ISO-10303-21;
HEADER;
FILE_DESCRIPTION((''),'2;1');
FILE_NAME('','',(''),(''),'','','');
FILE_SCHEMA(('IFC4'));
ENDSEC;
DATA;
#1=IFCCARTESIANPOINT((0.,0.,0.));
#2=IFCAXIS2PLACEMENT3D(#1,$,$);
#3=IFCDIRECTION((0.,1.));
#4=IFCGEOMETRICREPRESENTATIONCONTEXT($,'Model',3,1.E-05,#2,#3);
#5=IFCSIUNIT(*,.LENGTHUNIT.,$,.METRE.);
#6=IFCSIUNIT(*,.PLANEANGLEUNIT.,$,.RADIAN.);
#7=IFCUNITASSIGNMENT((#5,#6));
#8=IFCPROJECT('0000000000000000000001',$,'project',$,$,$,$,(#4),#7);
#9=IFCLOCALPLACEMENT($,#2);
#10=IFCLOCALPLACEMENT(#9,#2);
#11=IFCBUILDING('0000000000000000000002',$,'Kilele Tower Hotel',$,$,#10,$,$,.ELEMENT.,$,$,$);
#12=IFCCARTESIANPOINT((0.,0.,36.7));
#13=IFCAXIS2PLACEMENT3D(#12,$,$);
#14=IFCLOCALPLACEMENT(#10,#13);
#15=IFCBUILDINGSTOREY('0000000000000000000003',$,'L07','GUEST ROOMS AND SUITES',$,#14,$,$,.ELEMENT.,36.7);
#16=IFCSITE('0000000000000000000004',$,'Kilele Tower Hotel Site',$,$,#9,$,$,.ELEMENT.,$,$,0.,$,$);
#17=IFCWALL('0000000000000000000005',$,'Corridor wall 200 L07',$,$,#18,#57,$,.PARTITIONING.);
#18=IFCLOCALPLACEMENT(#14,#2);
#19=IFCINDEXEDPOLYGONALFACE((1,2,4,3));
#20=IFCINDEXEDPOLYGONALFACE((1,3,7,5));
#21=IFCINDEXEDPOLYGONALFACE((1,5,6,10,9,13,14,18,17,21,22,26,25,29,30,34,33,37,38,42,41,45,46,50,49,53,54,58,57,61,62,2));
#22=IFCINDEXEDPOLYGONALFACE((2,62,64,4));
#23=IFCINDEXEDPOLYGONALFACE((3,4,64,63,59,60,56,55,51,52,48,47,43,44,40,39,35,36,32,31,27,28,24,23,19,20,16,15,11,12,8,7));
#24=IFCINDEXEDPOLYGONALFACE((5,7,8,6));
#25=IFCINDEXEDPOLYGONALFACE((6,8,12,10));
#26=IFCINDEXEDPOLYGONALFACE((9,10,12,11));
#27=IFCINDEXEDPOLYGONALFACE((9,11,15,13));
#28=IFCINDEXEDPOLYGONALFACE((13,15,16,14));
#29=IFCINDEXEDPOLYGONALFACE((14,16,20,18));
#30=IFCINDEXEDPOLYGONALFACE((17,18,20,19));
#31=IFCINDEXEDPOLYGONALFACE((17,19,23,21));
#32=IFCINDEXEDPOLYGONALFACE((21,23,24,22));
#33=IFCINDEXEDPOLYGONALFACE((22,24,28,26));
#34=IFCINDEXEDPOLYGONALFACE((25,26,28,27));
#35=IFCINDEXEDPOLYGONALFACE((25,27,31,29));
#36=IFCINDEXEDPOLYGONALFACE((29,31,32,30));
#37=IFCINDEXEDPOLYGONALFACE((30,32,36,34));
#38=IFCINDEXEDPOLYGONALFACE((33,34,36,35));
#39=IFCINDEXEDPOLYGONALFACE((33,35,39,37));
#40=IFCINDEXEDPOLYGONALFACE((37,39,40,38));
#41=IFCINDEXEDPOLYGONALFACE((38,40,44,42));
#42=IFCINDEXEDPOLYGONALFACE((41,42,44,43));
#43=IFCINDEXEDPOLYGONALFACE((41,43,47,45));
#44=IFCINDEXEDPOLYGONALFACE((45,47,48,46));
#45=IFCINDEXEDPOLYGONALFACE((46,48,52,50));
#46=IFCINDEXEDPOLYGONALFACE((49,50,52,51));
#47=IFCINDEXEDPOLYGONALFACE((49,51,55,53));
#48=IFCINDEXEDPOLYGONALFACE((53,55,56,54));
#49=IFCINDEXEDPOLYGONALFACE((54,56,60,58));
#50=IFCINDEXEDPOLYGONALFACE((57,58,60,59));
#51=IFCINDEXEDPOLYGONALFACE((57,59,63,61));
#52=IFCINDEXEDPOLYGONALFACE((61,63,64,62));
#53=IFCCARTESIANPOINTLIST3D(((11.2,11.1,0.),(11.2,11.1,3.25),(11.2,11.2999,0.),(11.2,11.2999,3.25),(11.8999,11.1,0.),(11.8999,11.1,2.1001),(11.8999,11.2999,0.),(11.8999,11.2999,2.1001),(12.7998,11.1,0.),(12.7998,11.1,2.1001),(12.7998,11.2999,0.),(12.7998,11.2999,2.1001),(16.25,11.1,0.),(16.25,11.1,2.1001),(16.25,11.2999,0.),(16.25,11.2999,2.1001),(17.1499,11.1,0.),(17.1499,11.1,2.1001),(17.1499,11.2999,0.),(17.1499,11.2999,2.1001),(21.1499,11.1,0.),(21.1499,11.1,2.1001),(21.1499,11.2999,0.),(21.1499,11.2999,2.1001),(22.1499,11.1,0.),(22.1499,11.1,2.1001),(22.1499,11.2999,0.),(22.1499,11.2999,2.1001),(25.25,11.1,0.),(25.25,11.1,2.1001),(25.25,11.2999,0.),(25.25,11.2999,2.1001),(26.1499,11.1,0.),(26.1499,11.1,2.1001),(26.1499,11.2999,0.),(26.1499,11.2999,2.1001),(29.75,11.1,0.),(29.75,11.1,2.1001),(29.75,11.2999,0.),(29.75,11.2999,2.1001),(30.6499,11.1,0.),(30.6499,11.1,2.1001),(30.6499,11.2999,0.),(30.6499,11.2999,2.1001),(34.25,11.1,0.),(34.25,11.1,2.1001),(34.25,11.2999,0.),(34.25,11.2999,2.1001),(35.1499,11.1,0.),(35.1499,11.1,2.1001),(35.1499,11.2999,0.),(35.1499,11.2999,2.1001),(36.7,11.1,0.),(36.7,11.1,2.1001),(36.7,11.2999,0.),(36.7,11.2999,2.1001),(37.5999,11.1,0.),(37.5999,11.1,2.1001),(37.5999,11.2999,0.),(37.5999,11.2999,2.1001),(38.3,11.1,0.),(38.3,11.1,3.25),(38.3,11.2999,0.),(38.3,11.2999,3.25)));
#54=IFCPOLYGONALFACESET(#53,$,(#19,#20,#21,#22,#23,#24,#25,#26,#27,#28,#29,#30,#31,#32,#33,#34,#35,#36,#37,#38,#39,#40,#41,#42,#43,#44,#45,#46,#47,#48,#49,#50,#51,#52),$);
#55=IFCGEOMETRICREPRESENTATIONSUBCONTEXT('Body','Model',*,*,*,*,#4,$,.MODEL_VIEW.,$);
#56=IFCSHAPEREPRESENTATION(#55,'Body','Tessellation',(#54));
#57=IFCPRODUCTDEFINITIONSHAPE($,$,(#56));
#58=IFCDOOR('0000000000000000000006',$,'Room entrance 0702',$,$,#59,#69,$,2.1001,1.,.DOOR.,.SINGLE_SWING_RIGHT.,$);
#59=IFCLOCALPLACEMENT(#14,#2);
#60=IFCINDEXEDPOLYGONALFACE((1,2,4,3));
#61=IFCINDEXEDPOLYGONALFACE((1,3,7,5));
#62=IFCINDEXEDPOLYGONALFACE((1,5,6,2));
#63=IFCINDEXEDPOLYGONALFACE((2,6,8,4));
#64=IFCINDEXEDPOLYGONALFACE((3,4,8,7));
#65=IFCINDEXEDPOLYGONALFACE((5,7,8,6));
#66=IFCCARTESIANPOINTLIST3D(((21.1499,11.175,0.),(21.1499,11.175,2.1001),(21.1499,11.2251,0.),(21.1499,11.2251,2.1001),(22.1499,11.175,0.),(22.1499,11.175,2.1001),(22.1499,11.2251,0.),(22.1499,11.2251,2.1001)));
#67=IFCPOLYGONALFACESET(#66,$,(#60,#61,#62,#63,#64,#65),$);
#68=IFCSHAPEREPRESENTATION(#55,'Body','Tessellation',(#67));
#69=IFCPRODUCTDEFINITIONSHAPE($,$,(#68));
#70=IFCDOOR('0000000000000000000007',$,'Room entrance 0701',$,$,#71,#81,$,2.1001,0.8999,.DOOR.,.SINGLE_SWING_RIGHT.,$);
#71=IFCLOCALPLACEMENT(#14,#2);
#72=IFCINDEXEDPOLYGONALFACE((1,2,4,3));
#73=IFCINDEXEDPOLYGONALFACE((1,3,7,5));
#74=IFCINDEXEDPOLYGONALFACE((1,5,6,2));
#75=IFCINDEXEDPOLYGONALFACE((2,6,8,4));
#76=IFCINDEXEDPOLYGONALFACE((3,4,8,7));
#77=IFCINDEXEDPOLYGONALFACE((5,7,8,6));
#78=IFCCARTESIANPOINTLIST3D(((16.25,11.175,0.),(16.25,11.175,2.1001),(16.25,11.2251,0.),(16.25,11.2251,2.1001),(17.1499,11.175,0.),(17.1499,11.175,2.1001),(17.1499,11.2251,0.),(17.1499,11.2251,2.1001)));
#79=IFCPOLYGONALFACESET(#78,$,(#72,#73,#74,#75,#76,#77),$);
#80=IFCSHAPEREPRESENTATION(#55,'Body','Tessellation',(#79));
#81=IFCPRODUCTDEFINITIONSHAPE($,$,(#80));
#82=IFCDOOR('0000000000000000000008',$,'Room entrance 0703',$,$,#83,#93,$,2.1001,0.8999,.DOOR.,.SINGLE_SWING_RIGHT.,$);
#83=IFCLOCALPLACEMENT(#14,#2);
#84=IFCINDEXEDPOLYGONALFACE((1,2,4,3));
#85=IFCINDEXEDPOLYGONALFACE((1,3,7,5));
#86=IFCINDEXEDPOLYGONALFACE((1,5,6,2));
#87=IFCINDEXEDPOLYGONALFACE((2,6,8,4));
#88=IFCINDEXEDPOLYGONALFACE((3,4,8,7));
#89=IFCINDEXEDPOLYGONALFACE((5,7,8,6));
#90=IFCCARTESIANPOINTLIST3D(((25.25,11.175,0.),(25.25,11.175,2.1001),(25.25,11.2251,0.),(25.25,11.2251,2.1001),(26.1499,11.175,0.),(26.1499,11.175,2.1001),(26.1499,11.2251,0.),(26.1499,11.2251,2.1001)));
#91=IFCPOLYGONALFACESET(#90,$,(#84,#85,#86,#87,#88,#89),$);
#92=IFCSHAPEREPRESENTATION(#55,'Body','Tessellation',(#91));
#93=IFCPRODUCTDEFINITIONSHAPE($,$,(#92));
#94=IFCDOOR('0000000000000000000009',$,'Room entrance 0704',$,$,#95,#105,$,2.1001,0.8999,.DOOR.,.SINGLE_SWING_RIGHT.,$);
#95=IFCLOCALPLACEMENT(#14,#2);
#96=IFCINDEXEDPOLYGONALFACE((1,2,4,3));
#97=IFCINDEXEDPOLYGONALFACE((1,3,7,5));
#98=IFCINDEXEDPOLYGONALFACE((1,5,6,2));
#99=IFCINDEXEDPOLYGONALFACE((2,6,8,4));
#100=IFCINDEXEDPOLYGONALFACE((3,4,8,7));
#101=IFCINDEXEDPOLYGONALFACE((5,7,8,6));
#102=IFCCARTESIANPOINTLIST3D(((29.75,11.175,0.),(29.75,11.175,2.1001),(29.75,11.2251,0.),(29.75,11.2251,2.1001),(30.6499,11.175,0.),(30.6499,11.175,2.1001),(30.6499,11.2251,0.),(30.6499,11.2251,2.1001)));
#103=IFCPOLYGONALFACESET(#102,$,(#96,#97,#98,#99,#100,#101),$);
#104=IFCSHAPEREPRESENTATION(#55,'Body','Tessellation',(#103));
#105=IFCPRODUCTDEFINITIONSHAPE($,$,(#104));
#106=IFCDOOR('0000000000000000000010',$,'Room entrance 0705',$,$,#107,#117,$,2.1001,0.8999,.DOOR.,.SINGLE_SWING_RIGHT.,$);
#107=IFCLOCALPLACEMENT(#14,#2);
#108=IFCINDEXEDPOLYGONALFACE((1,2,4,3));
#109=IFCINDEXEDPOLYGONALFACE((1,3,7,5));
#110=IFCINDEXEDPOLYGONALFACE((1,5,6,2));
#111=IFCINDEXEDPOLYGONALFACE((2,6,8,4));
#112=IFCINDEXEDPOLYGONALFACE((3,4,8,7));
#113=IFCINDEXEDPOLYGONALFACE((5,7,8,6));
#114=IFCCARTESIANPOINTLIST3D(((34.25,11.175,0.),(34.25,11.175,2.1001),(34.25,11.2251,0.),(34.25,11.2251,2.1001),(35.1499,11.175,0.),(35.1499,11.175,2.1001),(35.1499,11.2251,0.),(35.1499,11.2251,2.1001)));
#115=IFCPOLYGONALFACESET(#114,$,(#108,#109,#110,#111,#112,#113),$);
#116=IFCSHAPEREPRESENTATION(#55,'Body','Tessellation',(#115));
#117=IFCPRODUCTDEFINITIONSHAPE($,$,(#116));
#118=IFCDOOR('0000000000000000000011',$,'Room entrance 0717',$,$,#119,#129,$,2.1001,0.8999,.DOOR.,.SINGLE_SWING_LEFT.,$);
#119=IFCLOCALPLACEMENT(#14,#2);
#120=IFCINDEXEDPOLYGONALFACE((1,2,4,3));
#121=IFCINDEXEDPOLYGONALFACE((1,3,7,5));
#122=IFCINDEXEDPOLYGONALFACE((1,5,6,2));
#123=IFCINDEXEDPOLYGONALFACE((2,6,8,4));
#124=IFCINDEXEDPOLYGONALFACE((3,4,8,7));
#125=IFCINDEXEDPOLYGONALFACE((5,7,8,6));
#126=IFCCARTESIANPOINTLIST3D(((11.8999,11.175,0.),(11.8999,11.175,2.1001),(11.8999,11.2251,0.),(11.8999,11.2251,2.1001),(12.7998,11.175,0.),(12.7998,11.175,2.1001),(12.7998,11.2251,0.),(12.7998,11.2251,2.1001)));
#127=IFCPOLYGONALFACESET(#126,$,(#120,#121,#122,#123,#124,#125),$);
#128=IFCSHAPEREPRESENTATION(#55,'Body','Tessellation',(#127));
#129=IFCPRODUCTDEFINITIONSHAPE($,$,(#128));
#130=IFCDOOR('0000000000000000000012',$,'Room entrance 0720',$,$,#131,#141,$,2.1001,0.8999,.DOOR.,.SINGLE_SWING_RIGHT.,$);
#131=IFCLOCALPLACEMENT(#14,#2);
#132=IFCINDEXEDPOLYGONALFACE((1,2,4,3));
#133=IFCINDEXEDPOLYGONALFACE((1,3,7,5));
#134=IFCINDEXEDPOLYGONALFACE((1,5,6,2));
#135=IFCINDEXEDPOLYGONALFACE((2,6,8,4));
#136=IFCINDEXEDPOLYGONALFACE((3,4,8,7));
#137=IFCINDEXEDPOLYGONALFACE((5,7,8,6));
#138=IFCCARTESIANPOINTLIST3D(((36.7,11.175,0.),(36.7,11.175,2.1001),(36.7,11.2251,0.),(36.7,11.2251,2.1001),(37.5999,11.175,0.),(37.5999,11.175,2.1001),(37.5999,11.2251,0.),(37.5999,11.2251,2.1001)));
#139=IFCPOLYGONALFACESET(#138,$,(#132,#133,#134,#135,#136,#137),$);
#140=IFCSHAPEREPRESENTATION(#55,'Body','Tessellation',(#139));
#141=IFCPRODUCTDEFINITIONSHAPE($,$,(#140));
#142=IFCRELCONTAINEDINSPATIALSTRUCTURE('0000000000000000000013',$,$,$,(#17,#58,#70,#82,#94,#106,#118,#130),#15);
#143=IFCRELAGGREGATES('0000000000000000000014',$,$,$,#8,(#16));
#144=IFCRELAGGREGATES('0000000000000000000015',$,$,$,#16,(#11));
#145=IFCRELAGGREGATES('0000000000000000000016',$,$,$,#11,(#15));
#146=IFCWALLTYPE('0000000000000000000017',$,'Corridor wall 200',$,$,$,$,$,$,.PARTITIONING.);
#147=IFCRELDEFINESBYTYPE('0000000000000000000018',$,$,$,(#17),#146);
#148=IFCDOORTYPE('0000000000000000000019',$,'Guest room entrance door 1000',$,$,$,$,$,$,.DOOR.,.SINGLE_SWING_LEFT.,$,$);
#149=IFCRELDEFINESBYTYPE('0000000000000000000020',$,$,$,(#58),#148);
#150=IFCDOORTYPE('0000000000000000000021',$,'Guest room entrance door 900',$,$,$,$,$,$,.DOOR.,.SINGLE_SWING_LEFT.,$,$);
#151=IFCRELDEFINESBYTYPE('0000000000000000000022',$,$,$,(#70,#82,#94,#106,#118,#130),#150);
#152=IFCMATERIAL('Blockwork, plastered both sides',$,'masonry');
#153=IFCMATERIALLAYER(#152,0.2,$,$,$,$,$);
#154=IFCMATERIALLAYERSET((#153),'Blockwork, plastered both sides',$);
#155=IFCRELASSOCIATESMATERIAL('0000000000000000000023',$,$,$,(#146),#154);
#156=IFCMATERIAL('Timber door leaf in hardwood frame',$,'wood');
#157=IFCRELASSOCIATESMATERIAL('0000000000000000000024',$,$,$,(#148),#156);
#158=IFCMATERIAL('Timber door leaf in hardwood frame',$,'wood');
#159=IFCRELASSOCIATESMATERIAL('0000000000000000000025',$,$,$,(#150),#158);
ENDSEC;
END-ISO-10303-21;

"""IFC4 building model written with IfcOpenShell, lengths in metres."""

from ifc_helpers import new_model, si_unit, direction, frame, frame_2d, origin, place, context, subcontext, project, spatial, rectangle, extrude, material, layer, layer_set, type_object, element, fill, save


model = new_model("IFC4")

# Units and contexts
model_context = context("Model", 3, precision=1e-05, world=origin(), true_north=direction((0.0, 1.0)))
body_context = subcontext(model_context, "Body", "Model", "MODEL_VIEW")
ifc_project = project(units=[si_unit("LENGTHUNIT", "METRE"), si_unit("PLANEANGLEUNIT", "RADIAN")], contexts=[model_context])

# Site, building, storey
site_placement = place(None, origin())
site = spatial("IfcSite", under=ifc_project, at=site_placement, Name="Kilele Tower Hotel Site", CompositionType="ELEMENT", RefElevation=0.0)
building_placement = place(site_placement, origin())
building = spatial("IfcBuilding", under=site, at=building_placement, Name="Kilele Tower Hotel", CompositionType="ELEMENT")
storey_placement = place(building_placement, frame((0.0, 0.0, 36.7)))
storey = spatial("IfcBuildingStorey", under=building, at=storey_placement, Name="L07", Description="GUEST ROOMS AND SUITES", CompositionType="ELEMENT", Elevation=36.7)

# Wall, openings, doors
ifc_material_1 = material(Name="Blockwork, plastered both sides", Category="masonry")
ifc_layer_1 = layer(ifc_material_1, 0.2)
ifc_layer_set_1 = layer_set([ifc_layer_1], Name="Blockwork, plastered both sides")
wall_type_1 = type_object("IfcWallType", Name="Corridor wall 200", PredefinedType="PARTITIONING", material=ifc_layer_set_1)
wall_1_placement = place(storey_placement, frame((11.2, 11.2, 0.0), z_axis=(0.0, 0.0, 1.0), x_axis=(1.0, 0.0, 0.0)))
wall_1 = element("IfcWall", 1, at=wall_1_placement, inside=storey, type_object=wall_type_1, Name="Corridor wall 200 L07", PredefinedType="PARTITIONING", context=body_context, shape_type="SweptSolid", body=[
    extrude(rectangle(XDim=27.1001, YDim=0.2, at=frame_2d((13.55, 0.0))), origin(), (0.0, 0.0, 1.0), 3.25),
])
opening_1_placement = place(wall_1_placement, frame((5.95, 0.0, 0.0), z_axis=(0.0, 0.0, 1.0), x_axis=(-1.0, 0.0, 0.0)))
opening_1 = element("IfcOpeningElement", 2, at=opening_1_placement, cuts=wall_1, PredefinedType="OPENING", context=body_context, shape_type="SweptSolid", body=[
    extrude(rectangle(XDim=0.8999, YDim=2.1001, at=frame_2d((0.45, 1.05))), frame((0.0, 0.1099, 0.0), z_axis=(0.0, -1.0, 0.0), x_axis=(1.0, 0.0, 0.0)), (0.0, 0.0, 1.0), 0.22),
])
opening_2_placement = place(wall_1_placement, frame((10.95, 0.0, 0.0), z_axis=(0.0, 0.0, 1.0), x_axis=(-1.0, 0.0, 0.0)))
opening_2 = element("IfcOpeningElement", 3, at=opening_2_placement, cuts=wall_1, PredefinedType="OPENING", context=body_context, shape_type="SweptSolid", body=[
    extrude(rectangle(XDim=1.0, YDim=2.1001, at=frame_2d((0.5, 1.05))), frame((0.0, 0.1099, 0.0), z_axis=(0.0, -1.0, 0.0), x_axis=(1.0, 0.0, 0.0)), (0.0, 0.0, 1.0), 0.22),
])
opening_3_placement = place(wall_1_placement, frame((14.95, 0.0, 0.0), z_axis=(0.0, 0.0, 1.0), x_axis=(-1.0, 0.0, 0.0)))
opening_3 = element("IfcOpeningElement", 4, at=opening_3_placement, cuts=wall_1, PredefinedType="OPENING", context=body_context, shape_type="SweptSolid", body=[
    extrude(rectangle(XDim=0.8999, YDim=2.1001, at=frame_2d((0.45, 1.05))), frame((0.0, 0.1099, 0.0), z_axis=(0.0, -1.0, 0.0), x_axis=(1.0, 0.0, 0.0)), (0.0, 0.0, 1.0), 0.22),
])
opening_4_placement = place(wall_1_placement, frame((19.45, 0.0, 0.0), z_axis=(0.0, 0.0, 1.0), x_axis=(-1.0, 0.0, 0.0)))
opening_4 = element("IfcOpeningElement", 5, at=opening_4_placement, cuts=wall_1, PredefinedType="OPENING", context=body_context, shape_type="SweptSolid", body=[
    extrude(rectangle(XDim=0.8999, YDim=2.1001, at=frame_2d((0.45, 1.05))), frame((0.0, 0.1099, 0.0), z_axis=(0.0, -1.0, 0.0), x_axis=(1.0, 0.0, 0.0)), (0.0, 0.0, 1.0), 0.22),
])
opening_5_placement = place(wall_1_placement, frame((23.95, 0.0, 0.0), z_axis=(0.0, 0.0, 1.0), x_axis=(-1.0, 0.0, 0.0)))
opening_5 = element("IfcOpeningElement", 6, at=opening_5_placement, cuts=wall_1, PredefinedType="OPENING", context=body_context, shape_type="SweptSolid", body=[
    extrude(rectangle(XDim=0.8999, YDim=2.1001, at=frame_2d((0.45, 1.05))), frame((0.0, 0.1099, 0.0), z_axis=(0.0, -1.0, 0.0), x_axis=(1.0, 0.0, 0.0)), (0.0, 0.0, 1.0), 0.22),
])
opening_6_placement = place(wall_1_placement, frame((1.5999, 0.0, 0.0), z_axis=(0.0, 0.0, 1.0), x_axis=(-1.0, 0.0, 0.0)))
opening_6 = element("IfcOpeningElement", 7, at=opening_6_placement, cuts=wall_1, PredefinedType="OPENING", context=body_context, shape_type="SweptSolid", body=[
    extrude(rectangle(XDim=0.8999, YDim=2.1001, at=frame_2d((0.45, 1.05))), frame((0.0, 0.1099, 0.0), z_axis=(0.0, -1.0, 0.0), x_axis=(1.0, 0.0, 0.0)), (0.0, 0.0, 1.0), 0.22),
])
opening_7_placement = place(wall_1_placement, frame((26.3999, 0.0, 0.0), z_axis=(0.0, 0.0, 1.0), x_axis=(-1.0, 0.0, 0.0)))
opening_7 = element("IfcOpeningElement", 8, at=opening_7_placement, cuts=wall_1, PredefinedType="OPENING", context=body_context, shape_type="SweptSolid", body=[
    extrude(rectangle(XDim=0.8999, YDim=2.1001, at=frame_2d((0.45, 1.05))), frame((0.0, 0.1099, 0.0), z_axis=(0.0, -1.0, 0.0), x_axis=(1.0, 0.0, 0.0)), (0.0, 0.0, 1.0), 0.22),
])
ifc_material_2 = material(Name="Timber door leaf in hardwood frame", Category="wood")
door_type_1 = type_object("IfcDoorType", Name="Guest room entrance door 1000", OperationType="SINGLE_SWING_LEFT", PredefinedType="DOOR", material=ifc_material_2)
door_1_placement = place(opening_2_placement, origin())
door_1 = element("IfcDoor", 9, at=door_1_placement, inside=storey, type_object=door_type_1, Name="Room entrance 0702", OperationType="SINGLE_SWING_RIGHT", OverallHeight=2.1001, OverallWidth=1.0, PredefinedType="DOOR", context=body_context, shape_type="SweptSolid", body=[
    extrude(rectangle(XDim=1.0, YDim=2.1001, at=frame_2d((0.5, 1.05))), frame((0.0, 0.0249, 0.0), z_axis=(0.0, -1.0, 0.0), x_axis=(1.0, 0.0, 0.0)), (0.0, 0.0, 1.0), 0.05),
])
fill(opening_2, door_1)
ifc_material_3 = material(Name="Timber door leaf in hardwood frame", Category="wood")
door_type_2 = type_object("IfcDoorType", Name="Guest room entrance door 900", OperationType="SINGLE_SWING_LEFT", PredefinedType="DOOR", material=ifc_material_3)
door_2_placement = place(opening_1_placement, origin())
door_2 = element("IfcDoor", 10, at=door_2_placement, inside=storey, type_object=door_type_2, Name="Room entrance 0701", OperationType="SINGLE_SWING_RIGHT", OverallHeight=2.1001, OverallWidth=0.8999, PredefinedType="DOOR", context=body_context, shape_type="SweptSolid", body=[
    extrude(rectangle(XDim=0.8999, YDim=2.1001, at=frame_2d((0.45, 1.05))), frame((0.0, 0.0249, 0.0), z_axis=(0.0, -1.0, 0.0), x_axis=(1.0, 0.0, 0.0)), (0.0, 0.0, 1.0), 0.05),
])
fill(opening_1, door_2)
door_3_placement = place(opening_3_placement, origin())
door_3 = element("IfcDoor", 11, at=door_3_placement, inside=storey, type_object=door_type_2, Name="Room entrance 0703", OperationType="SINGLE_SWING_RIGHT", OverallHeight=2.1001, OverallWidth=0.8999, PredefinedType="DOOR", context=body_context, shape_type="SweptSolid", body=[
    extrude(rectangle(XDim=0.8999, YDim=2.1001, at=frame_2d((0.45, 1.05))), frame((0.0, 0.0249, 0.0), z_axis=(0.0, -1.0, 0.0), x_axis=(1.0, 0.0, 0.0)), (0.0, 0.0, 1.0), 0.05),
])
fill(opening_3, door_3)
door_4_placement = place(opening_4_placement, origin())
door_4 = element("IfcDoor", 12, at=door_4_placement, inside=storey, type_object=door_type_2, Name="Room entrance 0704", OperationType="SINGLE_SWING_RIGHT", OverallHeight=2.1001, OverallWidth=0.8999, PredefinedType="DOOR", context=body_context, shape_type="SweptSolid", body=[
    extrude(rectangle(XDim=0.8999, YDim=2.1001, at=frame_2d((0.45, 1.05))), frame((0.0, 0.0249, 0.0), z_axis=(0.0, -1.0, 0.0), x_axis=(1.0, 0.0, 0.0)), (0.0, 0.0, 1.0), 0.05),
])
fill(opening_4, door_4)
door_5_placement = place(opening_5_placement, origin())
door_5 = element("IfcDoor", 13, at=door_5_placement, inside=storey, type_object=door_type_2, Name="Room entrance 0705", OperationType="SINGLE_SWING_RIGHT", OverallHeight=2.1001, OverallWidth=0.8999, PredefinedType="DOOR", context=body_context, shape_type="SweptSolid", body=[
    extrude(rectangle(XDim=0.8999, YDim=2.1001, at=frame_2d((0.45, 1.05))), frame((0.0, 0.0249, 0.0), z_axis=(0.0, -1.0, 0.0), x_axis=(1.0, 0.0, 0.0)), (0.0, 0.0, 1.0), 0.05),
])
fill(opening_5, door_5)
door_6_placement = place(opening_6_placement, origin())
door_6 = element("IfcDoor", 14, at=door_6_placement, inside=storey, type_object=door_type_2, Name="Room entrance 0717", OperationType="SINGLE_SWING_LEFT", OverallHeight=2.1001, OverallWidth=0.8999, PredefinedType="DOOR", context=body_context, shape_type="SweptSolid", body=[
    extrude(rectangle(XDim=0.8999, YDim=2.1001, at=frame_2d((0.45, 1.05))), frame((0.0, 0.0249, 0.0), z_axis=(0.0, -1.0, 0.0), x_axis=(1.0, 0.0, 0.0)), (0.0, 0.0, 1.0), 0.05),
])
fill(opening_6, door_6)
door_7_placement = place(opening_7_placement, origin())
door_7 = element("IfcDoor", 15, at=door_7_placement, inside=storey, type_object=door_type_2, Name="Room entrance 0720", OperationType="SINGLE_SWING_RIGHT", OverallHeight=2.1001, OverallWidth=0.8999, PredefinedType="DOOR", context=body_context, shape_type="SweptSolid", body=[
    extrude(rectangle(XDim=0.8999, YDim=2.1001, at=frame_2d((0.45, 1.05))), frame((0.0, 0.0249, 0.0), z_axis=(0.0, -1.0, 0.0), x_axis=(1.0, 0.0, 0.0)), (0.0, 0.0, 1.0), 0.05),
])
fill(opening_7, door_7)

save(model, "model.ifc")
